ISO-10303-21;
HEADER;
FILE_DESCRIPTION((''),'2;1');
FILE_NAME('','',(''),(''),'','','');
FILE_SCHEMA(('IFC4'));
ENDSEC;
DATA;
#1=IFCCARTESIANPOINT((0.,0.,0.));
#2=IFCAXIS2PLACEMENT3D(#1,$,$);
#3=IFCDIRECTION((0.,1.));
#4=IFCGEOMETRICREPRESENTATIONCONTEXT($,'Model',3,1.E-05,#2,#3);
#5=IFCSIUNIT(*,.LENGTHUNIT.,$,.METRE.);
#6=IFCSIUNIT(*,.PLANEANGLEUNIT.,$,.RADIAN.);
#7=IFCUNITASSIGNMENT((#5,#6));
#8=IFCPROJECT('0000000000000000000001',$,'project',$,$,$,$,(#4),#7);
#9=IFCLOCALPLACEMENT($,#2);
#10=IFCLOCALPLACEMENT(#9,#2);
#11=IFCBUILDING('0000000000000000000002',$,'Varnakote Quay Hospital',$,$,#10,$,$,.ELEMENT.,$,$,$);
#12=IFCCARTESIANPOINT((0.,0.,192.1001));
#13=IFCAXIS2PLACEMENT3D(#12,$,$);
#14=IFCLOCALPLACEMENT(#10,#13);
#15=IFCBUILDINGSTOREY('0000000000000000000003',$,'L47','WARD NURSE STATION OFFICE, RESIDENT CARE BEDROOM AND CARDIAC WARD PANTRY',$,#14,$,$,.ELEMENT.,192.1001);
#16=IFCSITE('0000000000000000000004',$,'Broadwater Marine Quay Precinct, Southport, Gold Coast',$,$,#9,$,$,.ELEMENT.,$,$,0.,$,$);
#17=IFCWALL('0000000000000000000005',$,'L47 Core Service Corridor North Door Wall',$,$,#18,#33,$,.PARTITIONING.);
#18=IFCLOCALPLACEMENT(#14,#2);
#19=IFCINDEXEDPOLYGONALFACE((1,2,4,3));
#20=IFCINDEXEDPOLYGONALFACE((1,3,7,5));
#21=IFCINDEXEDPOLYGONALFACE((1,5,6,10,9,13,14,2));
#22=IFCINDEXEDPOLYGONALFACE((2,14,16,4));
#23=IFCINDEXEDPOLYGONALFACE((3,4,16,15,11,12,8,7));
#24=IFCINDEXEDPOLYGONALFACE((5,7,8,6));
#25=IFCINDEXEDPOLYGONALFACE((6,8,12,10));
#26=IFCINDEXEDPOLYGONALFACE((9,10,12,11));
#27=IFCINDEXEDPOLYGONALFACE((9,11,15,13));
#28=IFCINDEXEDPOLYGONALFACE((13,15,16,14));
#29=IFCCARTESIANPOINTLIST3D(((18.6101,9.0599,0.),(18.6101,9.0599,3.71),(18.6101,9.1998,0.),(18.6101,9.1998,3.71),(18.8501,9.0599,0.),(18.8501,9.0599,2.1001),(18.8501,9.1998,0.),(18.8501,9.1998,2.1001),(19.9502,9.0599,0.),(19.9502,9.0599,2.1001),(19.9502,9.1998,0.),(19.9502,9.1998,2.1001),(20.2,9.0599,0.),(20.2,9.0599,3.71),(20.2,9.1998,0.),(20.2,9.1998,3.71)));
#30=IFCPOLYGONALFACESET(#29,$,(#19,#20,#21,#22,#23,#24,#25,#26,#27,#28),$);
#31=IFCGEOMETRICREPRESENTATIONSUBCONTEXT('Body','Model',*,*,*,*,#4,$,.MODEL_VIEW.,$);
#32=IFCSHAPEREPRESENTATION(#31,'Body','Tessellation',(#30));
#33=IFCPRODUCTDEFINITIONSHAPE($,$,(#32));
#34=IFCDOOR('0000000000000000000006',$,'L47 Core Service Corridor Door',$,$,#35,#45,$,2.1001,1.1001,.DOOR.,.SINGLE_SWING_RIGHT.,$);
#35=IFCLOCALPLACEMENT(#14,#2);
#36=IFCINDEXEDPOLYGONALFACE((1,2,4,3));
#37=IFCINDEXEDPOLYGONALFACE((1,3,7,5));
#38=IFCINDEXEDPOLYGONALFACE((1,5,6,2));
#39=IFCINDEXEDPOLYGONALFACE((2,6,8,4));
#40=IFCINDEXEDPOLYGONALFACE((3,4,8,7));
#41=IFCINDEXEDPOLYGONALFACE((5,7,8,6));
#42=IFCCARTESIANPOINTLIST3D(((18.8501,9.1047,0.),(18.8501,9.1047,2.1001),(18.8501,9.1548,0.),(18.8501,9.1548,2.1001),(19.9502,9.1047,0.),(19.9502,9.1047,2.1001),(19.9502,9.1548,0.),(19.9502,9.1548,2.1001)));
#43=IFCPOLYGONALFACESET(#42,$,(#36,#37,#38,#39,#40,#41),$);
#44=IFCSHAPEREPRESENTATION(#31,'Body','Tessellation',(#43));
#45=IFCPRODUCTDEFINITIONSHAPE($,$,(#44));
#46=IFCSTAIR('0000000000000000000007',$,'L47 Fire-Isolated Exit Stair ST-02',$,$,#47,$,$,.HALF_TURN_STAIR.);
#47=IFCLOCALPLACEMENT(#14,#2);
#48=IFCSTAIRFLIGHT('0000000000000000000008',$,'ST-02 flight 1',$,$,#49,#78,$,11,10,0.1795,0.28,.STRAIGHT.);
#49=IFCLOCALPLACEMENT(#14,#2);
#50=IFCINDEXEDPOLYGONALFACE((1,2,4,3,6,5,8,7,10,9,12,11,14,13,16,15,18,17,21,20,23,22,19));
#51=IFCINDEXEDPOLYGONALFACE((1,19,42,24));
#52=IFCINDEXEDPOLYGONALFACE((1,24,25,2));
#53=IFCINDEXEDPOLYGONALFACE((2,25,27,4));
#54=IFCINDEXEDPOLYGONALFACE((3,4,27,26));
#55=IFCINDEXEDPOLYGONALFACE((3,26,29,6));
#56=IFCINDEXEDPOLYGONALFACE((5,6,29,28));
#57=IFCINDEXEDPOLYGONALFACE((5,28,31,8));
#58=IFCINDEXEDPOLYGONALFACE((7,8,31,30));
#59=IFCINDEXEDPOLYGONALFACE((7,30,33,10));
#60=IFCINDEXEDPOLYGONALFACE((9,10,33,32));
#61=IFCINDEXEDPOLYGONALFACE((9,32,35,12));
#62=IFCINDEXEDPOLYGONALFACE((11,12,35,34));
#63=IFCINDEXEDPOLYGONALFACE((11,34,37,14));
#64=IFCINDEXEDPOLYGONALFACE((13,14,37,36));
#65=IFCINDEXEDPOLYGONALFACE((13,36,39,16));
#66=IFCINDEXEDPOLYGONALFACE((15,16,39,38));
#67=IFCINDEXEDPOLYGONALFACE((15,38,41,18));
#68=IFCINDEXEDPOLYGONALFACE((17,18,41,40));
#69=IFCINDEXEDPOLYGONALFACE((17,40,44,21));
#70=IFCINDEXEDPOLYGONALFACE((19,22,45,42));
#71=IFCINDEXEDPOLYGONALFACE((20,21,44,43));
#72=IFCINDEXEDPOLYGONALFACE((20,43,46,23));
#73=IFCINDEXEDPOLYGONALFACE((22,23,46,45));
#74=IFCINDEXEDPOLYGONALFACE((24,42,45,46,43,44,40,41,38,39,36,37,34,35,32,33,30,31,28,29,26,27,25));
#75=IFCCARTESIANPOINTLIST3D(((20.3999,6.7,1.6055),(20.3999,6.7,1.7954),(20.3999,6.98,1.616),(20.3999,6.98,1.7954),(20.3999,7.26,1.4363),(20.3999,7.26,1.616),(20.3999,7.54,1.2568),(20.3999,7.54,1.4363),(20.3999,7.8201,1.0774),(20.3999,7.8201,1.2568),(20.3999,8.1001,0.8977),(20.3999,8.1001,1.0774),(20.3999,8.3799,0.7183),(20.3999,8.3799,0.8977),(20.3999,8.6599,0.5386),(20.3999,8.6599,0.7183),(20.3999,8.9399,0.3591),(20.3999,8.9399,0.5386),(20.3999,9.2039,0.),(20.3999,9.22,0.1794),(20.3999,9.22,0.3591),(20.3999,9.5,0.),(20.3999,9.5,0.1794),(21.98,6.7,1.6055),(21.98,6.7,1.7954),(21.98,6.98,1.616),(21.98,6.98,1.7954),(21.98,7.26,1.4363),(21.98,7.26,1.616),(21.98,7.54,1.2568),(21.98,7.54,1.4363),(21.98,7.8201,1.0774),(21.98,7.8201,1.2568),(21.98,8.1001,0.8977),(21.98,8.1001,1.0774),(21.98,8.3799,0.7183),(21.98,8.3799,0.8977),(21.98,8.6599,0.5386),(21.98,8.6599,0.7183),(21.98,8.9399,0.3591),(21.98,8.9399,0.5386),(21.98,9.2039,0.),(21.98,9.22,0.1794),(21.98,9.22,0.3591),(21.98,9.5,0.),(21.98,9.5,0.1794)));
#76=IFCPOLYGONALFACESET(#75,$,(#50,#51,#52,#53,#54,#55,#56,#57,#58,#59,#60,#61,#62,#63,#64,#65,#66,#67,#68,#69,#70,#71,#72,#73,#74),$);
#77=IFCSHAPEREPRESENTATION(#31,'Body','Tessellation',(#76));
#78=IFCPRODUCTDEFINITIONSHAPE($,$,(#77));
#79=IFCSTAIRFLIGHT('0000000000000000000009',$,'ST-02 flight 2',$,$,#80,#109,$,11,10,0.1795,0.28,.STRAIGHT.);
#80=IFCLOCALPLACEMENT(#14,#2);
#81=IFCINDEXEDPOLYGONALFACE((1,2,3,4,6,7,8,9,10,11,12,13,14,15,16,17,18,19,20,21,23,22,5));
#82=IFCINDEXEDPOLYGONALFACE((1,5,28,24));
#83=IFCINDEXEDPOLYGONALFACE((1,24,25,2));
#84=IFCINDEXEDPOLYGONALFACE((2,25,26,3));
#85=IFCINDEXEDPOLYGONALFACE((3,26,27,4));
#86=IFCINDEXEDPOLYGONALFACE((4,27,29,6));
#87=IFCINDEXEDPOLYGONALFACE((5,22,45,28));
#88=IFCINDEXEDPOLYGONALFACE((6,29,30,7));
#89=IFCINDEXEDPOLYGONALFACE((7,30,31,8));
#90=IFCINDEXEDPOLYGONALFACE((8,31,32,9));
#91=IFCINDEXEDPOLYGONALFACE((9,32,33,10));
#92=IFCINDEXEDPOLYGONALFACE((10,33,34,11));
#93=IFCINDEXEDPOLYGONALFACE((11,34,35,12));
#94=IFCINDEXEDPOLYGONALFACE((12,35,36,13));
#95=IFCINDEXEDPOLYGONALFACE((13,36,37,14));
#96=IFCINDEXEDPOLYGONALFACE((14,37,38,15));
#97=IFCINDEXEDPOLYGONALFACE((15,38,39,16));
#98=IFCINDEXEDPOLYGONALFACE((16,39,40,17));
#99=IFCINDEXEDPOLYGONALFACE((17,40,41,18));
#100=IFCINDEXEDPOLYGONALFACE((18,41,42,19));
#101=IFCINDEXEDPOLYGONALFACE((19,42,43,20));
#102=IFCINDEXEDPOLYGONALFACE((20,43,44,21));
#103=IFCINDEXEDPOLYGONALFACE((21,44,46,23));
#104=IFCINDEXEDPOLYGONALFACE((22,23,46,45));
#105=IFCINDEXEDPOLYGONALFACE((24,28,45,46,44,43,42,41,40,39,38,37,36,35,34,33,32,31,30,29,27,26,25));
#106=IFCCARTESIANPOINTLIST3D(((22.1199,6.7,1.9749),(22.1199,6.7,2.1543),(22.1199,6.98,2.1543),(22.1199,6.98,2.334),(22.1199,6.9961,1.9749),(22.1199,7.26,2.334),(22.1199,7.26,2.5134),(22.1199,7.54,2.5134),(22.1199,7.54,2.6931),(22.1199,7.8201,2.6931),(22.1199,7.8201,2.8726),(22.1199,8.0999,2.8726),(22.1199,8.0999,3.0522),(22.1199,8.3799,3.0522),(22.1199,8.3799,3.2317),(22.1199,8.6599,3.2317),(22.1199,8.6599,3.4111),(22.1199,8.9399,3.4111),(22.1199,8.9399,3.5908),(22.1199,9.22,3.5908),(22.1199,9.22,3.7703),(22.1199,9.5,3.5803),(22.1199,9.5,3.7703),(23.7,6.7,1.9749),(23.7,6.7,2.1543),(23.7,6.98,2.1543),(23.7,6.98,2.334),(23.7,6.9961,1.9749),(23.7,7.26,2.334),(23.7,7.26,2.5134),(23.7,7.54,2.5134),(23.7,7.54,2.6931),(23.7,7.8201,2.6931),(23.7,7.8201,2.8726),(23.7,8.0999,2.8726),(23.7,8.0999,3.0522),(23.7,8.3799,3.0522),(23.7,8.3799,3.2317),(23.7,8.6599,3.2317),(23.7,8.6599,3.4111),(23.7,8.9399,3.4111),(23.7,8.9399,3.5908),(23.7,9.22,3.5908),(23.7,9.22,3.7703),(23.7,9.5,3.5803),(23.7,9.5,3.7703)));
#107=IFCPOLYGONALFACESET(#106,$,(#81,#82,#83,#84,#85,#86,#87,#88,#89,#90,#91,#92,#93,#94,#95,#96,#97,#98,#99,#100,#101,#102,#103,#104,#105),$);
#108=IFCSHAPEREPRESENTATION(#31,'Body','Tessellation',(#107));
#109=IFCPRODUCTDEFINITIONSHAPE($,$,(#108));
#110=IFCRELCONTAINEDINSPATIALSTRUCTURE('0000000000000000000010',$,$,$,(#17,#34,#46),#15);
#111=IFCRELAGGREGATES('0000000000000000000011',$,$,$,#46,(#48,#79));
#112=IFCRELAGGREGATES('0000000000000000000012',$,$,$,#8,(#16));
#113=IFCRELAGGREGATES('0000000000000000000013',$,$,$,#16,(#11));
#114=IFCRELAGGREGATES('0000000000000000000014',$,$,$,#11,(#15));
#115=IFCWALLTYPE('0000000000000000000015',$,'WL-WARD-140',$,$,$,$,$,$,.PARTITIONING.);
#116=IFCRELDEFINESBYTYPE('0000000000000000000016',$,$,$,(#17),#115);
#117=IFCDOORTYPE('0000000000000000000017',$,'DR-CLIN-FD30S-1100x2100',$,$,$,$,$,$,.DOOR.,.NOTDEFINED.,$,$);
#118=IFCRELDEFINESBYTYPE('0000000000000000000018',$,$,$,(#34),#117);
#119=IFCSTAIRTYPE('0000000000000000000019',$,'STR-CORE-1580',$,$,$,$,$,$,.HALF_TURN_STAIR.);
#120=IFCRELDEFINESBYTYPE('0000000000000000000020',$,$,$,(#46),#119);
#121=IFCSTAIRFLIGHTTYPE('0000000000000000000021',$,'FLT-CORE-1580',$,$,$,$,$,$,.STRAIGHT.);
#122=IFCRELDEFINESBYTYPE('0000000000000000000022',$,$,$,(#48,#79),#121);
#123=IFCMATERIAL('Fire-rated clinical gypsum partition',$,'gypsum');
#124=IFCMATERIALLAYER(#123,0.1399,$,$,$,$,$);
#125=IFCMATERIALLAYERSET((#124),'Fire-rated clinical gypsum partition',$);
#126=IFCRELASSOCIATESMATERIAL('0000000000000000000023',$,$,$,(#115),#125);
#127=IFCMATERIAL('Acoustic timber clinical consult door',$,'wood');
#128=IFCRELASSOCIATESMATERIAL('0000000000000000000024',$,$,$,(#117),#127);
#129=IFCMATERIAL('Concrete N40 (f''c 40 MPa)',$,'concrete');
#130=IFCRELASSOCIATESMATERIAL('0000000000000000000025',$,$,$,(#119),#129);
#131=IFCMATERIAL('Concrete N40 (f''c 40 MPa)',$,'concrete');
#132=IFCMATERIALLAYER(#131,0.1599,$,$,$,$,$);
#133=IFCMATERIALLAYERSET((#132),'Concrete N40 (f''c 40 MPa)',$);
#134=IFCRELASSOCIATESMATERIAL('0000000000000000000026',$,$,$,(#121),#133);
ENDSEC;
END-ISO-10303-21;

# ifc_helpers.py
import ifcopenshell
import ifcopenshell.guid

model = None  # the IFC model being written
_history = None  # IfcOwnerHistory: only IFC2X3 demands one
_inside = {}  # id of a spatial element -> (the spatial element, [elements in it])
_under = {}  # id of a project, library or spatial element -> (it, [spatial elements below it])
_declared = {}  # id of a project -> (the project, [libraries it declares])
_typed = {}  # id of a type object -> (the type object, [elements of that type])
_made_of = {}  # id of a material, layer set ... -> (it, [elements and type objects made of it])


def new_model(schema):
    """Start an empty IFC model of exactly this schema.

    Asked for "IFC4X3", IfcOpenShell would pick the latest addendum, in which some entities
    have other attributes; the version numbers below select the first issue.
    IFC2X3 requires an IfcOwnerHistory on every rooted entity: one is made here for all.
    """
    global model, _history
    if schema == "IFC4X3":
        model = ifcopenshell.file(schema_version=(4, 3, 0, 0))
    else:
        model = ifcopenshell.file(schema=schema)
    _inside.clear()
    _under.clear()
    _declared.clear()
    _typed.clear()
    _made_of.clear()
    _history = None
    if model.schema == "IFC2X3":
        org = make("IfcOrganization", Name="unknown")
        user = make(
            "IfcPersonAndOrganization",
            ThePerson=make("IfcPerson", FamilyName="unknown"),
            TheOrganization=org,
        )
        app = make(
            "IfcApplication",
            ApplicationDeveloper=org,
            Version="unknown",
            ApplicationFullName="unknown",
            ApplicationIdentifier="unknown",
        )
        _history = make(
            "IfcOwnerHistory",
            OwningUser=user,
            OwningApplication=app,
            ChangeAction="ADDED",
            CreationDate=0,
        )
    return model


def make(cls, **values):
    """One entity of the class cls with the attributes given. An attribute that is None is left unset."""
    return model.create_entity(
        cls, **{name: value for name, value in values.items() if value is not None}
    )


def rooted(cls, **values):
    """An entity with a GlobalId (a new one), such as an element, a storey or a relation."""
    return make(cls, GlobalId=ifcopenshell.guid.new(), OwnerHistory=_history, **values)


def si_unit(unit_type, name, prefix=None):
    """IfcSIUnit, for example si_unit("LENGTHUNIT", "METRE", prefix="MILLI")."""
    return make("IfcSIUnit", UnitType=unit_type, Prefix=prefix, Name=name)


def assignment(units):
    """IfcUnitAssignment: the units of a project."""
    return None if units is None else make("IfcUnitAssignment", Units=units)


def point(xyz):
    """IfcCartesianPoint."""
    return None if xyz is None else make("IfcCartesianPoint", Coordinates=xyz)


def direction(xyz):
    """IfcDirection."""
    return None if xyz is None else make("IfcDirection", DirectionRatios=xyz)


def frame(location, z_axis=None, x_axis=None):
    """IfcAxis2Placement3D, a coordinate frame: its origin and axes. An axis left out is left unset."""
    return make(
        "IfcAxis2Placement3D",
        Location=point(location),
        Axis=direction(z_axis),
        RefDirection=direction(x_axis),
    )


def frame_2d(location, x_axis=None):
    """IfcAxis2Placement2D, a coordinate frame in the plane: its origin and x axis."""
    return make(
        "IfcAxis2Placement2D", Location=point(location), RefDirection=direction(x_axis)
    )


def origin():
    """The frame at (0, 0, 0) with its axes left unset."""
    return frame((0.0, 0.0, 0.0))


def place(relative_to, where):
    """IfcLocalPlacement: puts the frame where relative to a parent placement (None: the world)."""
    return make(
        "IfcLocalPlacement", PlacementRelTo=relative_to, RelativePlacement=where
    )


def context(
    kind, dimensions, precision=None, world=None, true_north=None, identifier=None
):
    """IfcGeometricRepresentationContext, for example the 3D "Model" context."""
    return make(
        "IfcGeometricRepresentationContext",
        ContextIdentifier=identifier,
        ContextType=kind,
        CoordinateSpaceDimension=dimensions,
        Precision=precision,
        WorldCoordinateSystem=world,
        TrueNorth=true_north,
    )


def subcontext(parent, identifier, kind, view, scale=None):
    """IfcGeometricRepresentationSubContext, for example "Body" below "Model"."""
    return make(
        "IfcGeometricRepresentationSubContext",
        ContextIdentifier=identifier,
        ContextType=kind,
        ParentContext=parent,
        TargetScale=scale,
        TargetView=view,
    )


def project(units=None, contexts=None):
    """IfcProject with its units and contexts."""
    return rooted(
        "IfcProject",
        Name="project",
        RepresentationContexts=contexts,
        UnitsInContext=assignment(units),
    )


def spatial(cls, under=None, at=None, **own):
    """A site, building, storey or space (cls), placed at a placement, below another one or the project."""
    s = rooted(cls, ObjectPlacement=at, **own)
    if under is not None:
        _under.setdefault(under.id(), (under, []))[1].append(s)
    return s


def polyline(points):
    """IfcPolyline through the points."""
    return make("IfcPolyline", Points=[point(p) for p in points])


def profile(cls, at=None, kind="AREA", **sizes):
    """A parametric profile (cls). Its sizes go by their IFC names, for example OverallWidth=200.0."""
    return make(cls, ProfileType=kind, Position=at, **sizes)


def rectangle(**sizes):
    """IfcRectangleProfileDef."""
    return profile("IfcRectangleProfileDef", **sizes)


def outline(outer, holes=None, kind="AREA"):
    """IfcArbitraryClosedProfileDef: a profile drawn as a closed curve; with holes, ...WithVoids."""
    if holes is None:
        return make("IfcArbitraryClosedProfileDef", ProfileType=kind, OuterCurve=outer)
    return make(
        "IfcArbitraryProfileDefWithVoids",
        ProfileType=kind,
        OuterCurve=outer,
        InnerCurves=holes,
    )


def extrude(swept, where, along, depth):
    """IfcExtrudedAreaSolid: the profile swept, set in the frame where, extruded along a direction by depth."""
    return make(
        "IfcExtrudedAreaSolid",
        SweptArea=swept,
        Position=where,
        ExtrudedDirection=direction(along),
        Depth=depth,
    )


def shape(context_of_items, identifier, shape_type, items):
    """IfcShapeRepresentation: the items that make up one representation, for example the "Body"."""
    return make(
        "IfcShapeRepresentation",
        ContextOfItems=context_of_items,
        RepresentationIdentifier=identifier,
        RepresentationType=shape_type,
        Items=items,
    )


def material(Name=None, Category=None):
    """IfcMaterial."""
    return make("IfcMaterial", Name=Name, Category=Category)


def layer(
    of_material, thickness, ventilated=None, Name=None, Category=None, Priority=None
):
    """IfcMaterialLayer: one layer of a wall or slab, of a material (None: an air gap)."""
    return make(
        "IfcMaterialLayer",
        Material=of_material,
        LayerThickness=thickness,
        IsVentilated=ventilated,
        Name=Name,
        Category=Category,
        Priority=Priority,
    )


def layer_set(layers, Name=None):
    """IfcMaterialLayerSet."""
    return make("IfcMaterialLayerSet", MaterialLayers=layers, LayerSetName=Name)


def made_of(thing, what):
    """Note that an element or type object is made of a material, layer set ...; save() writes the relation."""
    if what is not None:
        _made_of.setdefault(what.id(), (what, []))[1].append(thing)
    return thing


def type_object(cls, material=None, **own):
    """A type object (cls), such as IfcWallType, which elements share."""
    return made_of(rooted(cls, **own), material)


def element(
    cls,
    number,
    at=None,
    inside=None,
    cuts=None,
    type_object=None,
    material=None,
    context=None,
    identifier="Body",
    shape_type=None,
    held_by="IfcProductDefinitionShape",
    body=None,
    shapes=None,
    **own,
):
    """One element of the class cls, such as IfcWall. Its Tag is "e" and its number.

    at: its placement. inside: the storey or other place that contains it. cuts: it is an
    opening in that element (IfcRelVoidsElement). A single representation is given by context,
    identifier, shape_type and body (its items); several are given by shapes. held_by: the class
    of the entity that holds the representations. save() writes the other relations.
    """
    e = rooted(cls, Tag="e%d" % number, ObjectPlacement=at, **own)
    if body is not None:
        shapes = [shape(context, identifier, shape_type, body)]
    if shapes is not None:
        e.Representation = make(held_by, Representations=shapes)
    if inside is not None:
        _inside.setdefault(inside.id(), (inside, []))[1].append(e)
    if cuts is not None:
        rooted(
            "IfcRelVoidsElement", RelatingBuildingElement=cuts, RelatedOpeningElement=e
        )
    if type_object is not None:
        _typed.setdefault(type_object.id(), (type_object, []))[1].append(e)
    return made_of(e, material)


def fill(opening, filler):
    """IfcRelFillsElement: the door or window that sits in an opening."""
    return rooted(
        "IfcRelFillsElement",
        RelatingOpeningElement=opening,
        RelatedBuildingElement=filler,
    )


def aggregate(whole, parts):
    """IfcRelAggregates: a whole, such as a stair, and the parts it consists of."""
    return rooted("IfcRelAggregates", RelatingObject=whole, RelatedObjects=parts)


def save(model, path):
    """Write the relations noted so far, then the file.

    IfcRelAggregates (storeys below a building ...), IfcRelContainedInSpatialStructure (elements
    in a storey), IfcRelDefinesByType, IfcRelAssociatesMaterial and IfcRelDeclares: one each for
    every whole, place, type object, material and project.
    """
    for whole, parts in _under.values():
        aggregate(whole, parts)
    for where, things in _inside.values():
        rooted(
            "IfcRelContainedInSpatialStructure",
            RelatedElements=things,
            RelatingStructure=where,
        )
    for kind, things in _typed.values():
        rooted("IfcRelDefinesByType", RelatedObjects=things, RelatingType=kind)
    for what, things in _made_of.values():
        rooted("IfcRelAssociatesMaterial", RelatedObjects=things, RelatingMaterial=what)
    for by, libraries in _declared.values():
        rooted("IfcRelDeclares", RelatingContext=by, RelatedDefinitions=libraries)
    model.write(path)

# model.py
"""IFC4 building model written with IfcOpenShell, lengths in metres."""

from ifc_helpers import new_model, si_unit, direction, frame, frame_2d, origin, place, context, subcontext, project, spatial, polyline, rectangle, outline, extrude, material, layer, layer_set, type_object, element, fill, aggregate, save


model = new_model("IFC4")

# Units and contexts
model_context = context("Model", 3, precision=1e-05, world=origin(), true_north=direction((0.0, 1.0)))
body_context = subcontext(model_context, "Body", "Model", "MODEL_VIEW")
ifc_project = project(units=[si_unit("LENGTHUNIT", "METRE"), si_unit("PLANEANGLEUNIT", "RADIAN")], contexts=[model_context])

# Site, building, storey
site_placement = place(None, origin())
site = spatial("IfcSite", under=ifc_project, at=site_placement, Name="Broadwater Marine Quay Precinct, Southport, Gold Coast", CompositionType="ELEMENT", RefElevation=0.0)
building_placement = place(site_placement, origin())
building = spatial("IfcBuilding", under=site, at=building_placement, Name="Varnakote Quay Hospital", CompositionType="ELEMENT")
storey_placement = place(building_placement, frame((0.0, 0.0, 192.1001)))
storey = spatial("IfcBuildingStorey", under=building, at=storey_placement, Name="L47", Description="WARD NURSE STATION OFFICE, RESIDENT CARE BEDROOM AND CARDIAC WARD PANTRY", CompositionType="ELEMENT", Elevation=192.1001)

# Wall, opening, door
ifc_material_1 = material(Name="Fire-rated clinical gypsum partition", Category="gypsum")
ifc_layer_1 = layer(ifc_material_1, 0.1399)
ifc_layer_set_1 = layer_set([ifc_layer_1], Name="Fire-rated clinical gypsum partition")
wall_type_1 = type_object("IfcWallType", Name="WL-WARD-140", PredefinedType="PARTITIONING", material=ifc_layer_set_1)
wall_1_placement = place(storey_placement, frame((18.6101, 9.1299, 0.0), z_axis=(0.0, 0.0, 1.0), x_axis=(1.0, 0.0, 0.0)))
wall_1 = element("IfcWall", 1, at=wall_1_placement, inside=storey, type_object=wall_type_1, Name="L47 Core Service Corridor North Door Wall", PredefinedType="PARTITIONING", context=body_context, shape_type="SweptSolid", body=[
    extrude(rectangle(XDim=1.5898, YDim=0.1399, at=frame_2d((0.7949, 0.0))), origin(), (0.0, 0.0, 1.0), 3.71),
])
opening_1_placement = place(wall_1_placement, frame((0.24, 0.0, 0.0)))
opening_1 = element("IfcOpeningElement", 2, at=opening_1_placement, cuts=wall_1, PredefinedType="OPENING", context=body_context, shape_type="SweptSolid", body=[
    extrude(rectangle(XDim=1.1001, YDim=2.1001, at=frame_2d((0.55, 1.05))), frame((0.0, 0.0798, 0.0), z_axis=(0.0, -1.0, 0.0), x_axis=(1.0, 0.0, 0.0)), (0.0, 0.0, 1.0), 0.1599),
])
ifc_material_2 = material(Name="Acoustic timber clinical consult door", Category="wood")
door_type_1 = type_object("IfcDoorType", Name="DR-CLIN-FD30S-1100x2100", OperationType="NOTDEFINED", PredefinedType="DOOR", material=ifc_material_2)
door_1_placement = place(opening_1_placement, origin())
door_1 = element("IfcDoor", 3, at=door_1_placement, inside=storey, type_object=door_type_1, Name="L47 Core Service Corridor Door", OperationType="SINGLE_SWING_RIGHT", OverallHeight=2.1001, OverallWidth=1.1001, PredefinedType="DOOR", context=body_context, shape_type="SweptSolid", body=[
    extrude(rectangle(XDim=1.1001, YDim=2.1001, at=frame_2d((0.55, 1.05))), frame((0.0, 0.0249, 0.0), z_axis=(0.0, -1.0, 0.0), x_axis=(1.0, 0.0, 0.0)), (0.0, 0.0, 1.0), 0.05),
])
fill(opening_1, door_1)

# Stair, stair flights
ifc_material_3 = material(Name="Concrete N40 (f'c 40 MPa)", Category="concrete")
stair_type = type_object("IfcStairType", Name="STR-CORE-1580", PredefinedType="HALF_TURN_STAIR", material=ifc_material_3)
stair_placement = place(storey_placement, origin())
stair = element("IfcStair", 4, at=stair_placement, inside=storey, type_object=stair_type, Name="L47 Fire-Isolated Exit Stair ST-02", PredefinedType="HALF_TURN_STAIR")
ifc_material_4 = material(Name="Concrete N40 (f'c 40 MPa)", Category="concrete")
ifc_layer_2 = layer(ifc_material_4, 0.1599)
ifc_layer_set_2 = layer_set([ifc_layer_2], Name="Concrete N40 (f'c 40 MPa)")
stair_flight_type = type_object("IfcStairFlightType", Name="FLT-CORE-1580", PredefinedType="STRAIGHT", material=ifc_layer_set_2)
stair_flight_1_placement = place(storey_placement, frame((21.1899, 9.5, 0.0), z_axis=(0.0, 0.0, 1.0), x_axis=(0.0, -1.0, 0.0)))
stair_flight_1 = element("IfcStairFlight", 5, at=stair_flight_1_placement, type_object=stair_flight_type, Name="ST-02 flight 1", NumberOfRisers=11, NumberOfTreads=10, PredefinedType="STRAIGHT", RiserHeight=0.1795, TreadLength=0.28, context=body_context, shape_type="SweptSolid", body=[
    extrude(outline(polyline([(0.0, 0.0), (0.0, 0.1794), (0.28, 0.1794), (0.28, 0.3591), (0.5601, 0.3591), (0.5601, 0.5386), (0.8401, 0.5386), (0.8401, 0.7183), (1.1201, 0.7183), (1.1201, 0.8977), (1.3999, 0.8977), (1.3999, 1.0774), (1.6799, 1.0774), (1.6799, 1.2568), (1.96, 1.2568), (1.96, 1.4363), (2.24, 1.4363), (2.24, 1.616), (2.52, 1.616), (2.52, 1.7954), (2.8, 1.7954), (2.8, 1.9751), (2.8, 1.6055), (0.2961, 0.0), (0.0, 0.0)])), frame((0.0, 0.79, 0.0), z_axis=(0.0, -1.0, 0.0), x_axis=(1.0, 0.0, 0.0)), (0.0, 0.0, 1.0), 1.5801),
])
stair_flight_2_placement = place(storey_placement, frame((22.9099, 6.7, 1.9749), z_axis=(0.0, 0.0, 1.0), x_axis=(0.0, 1.0, 0.0)))
stair_flight_2 = element("IfcStairFlight", 6, at=stair_flight_2_placement, type_object=stair_flight_type, Name="ST-02 flight 2", NumberOfRisers=11, NumberOfTreads=10, PredefinedType="STRAIGHT", RiserHeight=0.1795, TreadLength=0.28, context=body_context, shape_type="SweptSolid", body=[
    extrude(outline(polyline([(0.0, 0.0), (0.0, 0.1794), (0.28, 0.1794), (0.28, 0.3591), (0.5601, 0.3591), (0.5601, 0.5386), (0.8401, 0.5386), (0.8401, 0.7183), (1.1201, 0.7183), (1.1201, 0.8977), (1.3999, 0.8977), (1.3999, 1.0774), (1.6799, 1.0774), (1.6799, 1.2568), (1.96, 1.2568), (1.96, 1.4363), (2.24, 1.4363), (2.24, 1.616), (2.52, 1.616), (2.52, 1.7954), (2.8, 1.7954), (2.8, 1.9751), (2.8, 1.6055), (0.2961, 0.0), (0.0, 0.0)])), frame((0.0, 0.79, 0.0), z_axis=(0.0, -1.0, 0.0), x_axis=(1.0, 0.0, 0.0)), (0.0, 0.0, 1.0), 1.5801),
])
aggregate(stair, [stair_flight_1, stair_flight_2])

save(model, "model.ifc")
